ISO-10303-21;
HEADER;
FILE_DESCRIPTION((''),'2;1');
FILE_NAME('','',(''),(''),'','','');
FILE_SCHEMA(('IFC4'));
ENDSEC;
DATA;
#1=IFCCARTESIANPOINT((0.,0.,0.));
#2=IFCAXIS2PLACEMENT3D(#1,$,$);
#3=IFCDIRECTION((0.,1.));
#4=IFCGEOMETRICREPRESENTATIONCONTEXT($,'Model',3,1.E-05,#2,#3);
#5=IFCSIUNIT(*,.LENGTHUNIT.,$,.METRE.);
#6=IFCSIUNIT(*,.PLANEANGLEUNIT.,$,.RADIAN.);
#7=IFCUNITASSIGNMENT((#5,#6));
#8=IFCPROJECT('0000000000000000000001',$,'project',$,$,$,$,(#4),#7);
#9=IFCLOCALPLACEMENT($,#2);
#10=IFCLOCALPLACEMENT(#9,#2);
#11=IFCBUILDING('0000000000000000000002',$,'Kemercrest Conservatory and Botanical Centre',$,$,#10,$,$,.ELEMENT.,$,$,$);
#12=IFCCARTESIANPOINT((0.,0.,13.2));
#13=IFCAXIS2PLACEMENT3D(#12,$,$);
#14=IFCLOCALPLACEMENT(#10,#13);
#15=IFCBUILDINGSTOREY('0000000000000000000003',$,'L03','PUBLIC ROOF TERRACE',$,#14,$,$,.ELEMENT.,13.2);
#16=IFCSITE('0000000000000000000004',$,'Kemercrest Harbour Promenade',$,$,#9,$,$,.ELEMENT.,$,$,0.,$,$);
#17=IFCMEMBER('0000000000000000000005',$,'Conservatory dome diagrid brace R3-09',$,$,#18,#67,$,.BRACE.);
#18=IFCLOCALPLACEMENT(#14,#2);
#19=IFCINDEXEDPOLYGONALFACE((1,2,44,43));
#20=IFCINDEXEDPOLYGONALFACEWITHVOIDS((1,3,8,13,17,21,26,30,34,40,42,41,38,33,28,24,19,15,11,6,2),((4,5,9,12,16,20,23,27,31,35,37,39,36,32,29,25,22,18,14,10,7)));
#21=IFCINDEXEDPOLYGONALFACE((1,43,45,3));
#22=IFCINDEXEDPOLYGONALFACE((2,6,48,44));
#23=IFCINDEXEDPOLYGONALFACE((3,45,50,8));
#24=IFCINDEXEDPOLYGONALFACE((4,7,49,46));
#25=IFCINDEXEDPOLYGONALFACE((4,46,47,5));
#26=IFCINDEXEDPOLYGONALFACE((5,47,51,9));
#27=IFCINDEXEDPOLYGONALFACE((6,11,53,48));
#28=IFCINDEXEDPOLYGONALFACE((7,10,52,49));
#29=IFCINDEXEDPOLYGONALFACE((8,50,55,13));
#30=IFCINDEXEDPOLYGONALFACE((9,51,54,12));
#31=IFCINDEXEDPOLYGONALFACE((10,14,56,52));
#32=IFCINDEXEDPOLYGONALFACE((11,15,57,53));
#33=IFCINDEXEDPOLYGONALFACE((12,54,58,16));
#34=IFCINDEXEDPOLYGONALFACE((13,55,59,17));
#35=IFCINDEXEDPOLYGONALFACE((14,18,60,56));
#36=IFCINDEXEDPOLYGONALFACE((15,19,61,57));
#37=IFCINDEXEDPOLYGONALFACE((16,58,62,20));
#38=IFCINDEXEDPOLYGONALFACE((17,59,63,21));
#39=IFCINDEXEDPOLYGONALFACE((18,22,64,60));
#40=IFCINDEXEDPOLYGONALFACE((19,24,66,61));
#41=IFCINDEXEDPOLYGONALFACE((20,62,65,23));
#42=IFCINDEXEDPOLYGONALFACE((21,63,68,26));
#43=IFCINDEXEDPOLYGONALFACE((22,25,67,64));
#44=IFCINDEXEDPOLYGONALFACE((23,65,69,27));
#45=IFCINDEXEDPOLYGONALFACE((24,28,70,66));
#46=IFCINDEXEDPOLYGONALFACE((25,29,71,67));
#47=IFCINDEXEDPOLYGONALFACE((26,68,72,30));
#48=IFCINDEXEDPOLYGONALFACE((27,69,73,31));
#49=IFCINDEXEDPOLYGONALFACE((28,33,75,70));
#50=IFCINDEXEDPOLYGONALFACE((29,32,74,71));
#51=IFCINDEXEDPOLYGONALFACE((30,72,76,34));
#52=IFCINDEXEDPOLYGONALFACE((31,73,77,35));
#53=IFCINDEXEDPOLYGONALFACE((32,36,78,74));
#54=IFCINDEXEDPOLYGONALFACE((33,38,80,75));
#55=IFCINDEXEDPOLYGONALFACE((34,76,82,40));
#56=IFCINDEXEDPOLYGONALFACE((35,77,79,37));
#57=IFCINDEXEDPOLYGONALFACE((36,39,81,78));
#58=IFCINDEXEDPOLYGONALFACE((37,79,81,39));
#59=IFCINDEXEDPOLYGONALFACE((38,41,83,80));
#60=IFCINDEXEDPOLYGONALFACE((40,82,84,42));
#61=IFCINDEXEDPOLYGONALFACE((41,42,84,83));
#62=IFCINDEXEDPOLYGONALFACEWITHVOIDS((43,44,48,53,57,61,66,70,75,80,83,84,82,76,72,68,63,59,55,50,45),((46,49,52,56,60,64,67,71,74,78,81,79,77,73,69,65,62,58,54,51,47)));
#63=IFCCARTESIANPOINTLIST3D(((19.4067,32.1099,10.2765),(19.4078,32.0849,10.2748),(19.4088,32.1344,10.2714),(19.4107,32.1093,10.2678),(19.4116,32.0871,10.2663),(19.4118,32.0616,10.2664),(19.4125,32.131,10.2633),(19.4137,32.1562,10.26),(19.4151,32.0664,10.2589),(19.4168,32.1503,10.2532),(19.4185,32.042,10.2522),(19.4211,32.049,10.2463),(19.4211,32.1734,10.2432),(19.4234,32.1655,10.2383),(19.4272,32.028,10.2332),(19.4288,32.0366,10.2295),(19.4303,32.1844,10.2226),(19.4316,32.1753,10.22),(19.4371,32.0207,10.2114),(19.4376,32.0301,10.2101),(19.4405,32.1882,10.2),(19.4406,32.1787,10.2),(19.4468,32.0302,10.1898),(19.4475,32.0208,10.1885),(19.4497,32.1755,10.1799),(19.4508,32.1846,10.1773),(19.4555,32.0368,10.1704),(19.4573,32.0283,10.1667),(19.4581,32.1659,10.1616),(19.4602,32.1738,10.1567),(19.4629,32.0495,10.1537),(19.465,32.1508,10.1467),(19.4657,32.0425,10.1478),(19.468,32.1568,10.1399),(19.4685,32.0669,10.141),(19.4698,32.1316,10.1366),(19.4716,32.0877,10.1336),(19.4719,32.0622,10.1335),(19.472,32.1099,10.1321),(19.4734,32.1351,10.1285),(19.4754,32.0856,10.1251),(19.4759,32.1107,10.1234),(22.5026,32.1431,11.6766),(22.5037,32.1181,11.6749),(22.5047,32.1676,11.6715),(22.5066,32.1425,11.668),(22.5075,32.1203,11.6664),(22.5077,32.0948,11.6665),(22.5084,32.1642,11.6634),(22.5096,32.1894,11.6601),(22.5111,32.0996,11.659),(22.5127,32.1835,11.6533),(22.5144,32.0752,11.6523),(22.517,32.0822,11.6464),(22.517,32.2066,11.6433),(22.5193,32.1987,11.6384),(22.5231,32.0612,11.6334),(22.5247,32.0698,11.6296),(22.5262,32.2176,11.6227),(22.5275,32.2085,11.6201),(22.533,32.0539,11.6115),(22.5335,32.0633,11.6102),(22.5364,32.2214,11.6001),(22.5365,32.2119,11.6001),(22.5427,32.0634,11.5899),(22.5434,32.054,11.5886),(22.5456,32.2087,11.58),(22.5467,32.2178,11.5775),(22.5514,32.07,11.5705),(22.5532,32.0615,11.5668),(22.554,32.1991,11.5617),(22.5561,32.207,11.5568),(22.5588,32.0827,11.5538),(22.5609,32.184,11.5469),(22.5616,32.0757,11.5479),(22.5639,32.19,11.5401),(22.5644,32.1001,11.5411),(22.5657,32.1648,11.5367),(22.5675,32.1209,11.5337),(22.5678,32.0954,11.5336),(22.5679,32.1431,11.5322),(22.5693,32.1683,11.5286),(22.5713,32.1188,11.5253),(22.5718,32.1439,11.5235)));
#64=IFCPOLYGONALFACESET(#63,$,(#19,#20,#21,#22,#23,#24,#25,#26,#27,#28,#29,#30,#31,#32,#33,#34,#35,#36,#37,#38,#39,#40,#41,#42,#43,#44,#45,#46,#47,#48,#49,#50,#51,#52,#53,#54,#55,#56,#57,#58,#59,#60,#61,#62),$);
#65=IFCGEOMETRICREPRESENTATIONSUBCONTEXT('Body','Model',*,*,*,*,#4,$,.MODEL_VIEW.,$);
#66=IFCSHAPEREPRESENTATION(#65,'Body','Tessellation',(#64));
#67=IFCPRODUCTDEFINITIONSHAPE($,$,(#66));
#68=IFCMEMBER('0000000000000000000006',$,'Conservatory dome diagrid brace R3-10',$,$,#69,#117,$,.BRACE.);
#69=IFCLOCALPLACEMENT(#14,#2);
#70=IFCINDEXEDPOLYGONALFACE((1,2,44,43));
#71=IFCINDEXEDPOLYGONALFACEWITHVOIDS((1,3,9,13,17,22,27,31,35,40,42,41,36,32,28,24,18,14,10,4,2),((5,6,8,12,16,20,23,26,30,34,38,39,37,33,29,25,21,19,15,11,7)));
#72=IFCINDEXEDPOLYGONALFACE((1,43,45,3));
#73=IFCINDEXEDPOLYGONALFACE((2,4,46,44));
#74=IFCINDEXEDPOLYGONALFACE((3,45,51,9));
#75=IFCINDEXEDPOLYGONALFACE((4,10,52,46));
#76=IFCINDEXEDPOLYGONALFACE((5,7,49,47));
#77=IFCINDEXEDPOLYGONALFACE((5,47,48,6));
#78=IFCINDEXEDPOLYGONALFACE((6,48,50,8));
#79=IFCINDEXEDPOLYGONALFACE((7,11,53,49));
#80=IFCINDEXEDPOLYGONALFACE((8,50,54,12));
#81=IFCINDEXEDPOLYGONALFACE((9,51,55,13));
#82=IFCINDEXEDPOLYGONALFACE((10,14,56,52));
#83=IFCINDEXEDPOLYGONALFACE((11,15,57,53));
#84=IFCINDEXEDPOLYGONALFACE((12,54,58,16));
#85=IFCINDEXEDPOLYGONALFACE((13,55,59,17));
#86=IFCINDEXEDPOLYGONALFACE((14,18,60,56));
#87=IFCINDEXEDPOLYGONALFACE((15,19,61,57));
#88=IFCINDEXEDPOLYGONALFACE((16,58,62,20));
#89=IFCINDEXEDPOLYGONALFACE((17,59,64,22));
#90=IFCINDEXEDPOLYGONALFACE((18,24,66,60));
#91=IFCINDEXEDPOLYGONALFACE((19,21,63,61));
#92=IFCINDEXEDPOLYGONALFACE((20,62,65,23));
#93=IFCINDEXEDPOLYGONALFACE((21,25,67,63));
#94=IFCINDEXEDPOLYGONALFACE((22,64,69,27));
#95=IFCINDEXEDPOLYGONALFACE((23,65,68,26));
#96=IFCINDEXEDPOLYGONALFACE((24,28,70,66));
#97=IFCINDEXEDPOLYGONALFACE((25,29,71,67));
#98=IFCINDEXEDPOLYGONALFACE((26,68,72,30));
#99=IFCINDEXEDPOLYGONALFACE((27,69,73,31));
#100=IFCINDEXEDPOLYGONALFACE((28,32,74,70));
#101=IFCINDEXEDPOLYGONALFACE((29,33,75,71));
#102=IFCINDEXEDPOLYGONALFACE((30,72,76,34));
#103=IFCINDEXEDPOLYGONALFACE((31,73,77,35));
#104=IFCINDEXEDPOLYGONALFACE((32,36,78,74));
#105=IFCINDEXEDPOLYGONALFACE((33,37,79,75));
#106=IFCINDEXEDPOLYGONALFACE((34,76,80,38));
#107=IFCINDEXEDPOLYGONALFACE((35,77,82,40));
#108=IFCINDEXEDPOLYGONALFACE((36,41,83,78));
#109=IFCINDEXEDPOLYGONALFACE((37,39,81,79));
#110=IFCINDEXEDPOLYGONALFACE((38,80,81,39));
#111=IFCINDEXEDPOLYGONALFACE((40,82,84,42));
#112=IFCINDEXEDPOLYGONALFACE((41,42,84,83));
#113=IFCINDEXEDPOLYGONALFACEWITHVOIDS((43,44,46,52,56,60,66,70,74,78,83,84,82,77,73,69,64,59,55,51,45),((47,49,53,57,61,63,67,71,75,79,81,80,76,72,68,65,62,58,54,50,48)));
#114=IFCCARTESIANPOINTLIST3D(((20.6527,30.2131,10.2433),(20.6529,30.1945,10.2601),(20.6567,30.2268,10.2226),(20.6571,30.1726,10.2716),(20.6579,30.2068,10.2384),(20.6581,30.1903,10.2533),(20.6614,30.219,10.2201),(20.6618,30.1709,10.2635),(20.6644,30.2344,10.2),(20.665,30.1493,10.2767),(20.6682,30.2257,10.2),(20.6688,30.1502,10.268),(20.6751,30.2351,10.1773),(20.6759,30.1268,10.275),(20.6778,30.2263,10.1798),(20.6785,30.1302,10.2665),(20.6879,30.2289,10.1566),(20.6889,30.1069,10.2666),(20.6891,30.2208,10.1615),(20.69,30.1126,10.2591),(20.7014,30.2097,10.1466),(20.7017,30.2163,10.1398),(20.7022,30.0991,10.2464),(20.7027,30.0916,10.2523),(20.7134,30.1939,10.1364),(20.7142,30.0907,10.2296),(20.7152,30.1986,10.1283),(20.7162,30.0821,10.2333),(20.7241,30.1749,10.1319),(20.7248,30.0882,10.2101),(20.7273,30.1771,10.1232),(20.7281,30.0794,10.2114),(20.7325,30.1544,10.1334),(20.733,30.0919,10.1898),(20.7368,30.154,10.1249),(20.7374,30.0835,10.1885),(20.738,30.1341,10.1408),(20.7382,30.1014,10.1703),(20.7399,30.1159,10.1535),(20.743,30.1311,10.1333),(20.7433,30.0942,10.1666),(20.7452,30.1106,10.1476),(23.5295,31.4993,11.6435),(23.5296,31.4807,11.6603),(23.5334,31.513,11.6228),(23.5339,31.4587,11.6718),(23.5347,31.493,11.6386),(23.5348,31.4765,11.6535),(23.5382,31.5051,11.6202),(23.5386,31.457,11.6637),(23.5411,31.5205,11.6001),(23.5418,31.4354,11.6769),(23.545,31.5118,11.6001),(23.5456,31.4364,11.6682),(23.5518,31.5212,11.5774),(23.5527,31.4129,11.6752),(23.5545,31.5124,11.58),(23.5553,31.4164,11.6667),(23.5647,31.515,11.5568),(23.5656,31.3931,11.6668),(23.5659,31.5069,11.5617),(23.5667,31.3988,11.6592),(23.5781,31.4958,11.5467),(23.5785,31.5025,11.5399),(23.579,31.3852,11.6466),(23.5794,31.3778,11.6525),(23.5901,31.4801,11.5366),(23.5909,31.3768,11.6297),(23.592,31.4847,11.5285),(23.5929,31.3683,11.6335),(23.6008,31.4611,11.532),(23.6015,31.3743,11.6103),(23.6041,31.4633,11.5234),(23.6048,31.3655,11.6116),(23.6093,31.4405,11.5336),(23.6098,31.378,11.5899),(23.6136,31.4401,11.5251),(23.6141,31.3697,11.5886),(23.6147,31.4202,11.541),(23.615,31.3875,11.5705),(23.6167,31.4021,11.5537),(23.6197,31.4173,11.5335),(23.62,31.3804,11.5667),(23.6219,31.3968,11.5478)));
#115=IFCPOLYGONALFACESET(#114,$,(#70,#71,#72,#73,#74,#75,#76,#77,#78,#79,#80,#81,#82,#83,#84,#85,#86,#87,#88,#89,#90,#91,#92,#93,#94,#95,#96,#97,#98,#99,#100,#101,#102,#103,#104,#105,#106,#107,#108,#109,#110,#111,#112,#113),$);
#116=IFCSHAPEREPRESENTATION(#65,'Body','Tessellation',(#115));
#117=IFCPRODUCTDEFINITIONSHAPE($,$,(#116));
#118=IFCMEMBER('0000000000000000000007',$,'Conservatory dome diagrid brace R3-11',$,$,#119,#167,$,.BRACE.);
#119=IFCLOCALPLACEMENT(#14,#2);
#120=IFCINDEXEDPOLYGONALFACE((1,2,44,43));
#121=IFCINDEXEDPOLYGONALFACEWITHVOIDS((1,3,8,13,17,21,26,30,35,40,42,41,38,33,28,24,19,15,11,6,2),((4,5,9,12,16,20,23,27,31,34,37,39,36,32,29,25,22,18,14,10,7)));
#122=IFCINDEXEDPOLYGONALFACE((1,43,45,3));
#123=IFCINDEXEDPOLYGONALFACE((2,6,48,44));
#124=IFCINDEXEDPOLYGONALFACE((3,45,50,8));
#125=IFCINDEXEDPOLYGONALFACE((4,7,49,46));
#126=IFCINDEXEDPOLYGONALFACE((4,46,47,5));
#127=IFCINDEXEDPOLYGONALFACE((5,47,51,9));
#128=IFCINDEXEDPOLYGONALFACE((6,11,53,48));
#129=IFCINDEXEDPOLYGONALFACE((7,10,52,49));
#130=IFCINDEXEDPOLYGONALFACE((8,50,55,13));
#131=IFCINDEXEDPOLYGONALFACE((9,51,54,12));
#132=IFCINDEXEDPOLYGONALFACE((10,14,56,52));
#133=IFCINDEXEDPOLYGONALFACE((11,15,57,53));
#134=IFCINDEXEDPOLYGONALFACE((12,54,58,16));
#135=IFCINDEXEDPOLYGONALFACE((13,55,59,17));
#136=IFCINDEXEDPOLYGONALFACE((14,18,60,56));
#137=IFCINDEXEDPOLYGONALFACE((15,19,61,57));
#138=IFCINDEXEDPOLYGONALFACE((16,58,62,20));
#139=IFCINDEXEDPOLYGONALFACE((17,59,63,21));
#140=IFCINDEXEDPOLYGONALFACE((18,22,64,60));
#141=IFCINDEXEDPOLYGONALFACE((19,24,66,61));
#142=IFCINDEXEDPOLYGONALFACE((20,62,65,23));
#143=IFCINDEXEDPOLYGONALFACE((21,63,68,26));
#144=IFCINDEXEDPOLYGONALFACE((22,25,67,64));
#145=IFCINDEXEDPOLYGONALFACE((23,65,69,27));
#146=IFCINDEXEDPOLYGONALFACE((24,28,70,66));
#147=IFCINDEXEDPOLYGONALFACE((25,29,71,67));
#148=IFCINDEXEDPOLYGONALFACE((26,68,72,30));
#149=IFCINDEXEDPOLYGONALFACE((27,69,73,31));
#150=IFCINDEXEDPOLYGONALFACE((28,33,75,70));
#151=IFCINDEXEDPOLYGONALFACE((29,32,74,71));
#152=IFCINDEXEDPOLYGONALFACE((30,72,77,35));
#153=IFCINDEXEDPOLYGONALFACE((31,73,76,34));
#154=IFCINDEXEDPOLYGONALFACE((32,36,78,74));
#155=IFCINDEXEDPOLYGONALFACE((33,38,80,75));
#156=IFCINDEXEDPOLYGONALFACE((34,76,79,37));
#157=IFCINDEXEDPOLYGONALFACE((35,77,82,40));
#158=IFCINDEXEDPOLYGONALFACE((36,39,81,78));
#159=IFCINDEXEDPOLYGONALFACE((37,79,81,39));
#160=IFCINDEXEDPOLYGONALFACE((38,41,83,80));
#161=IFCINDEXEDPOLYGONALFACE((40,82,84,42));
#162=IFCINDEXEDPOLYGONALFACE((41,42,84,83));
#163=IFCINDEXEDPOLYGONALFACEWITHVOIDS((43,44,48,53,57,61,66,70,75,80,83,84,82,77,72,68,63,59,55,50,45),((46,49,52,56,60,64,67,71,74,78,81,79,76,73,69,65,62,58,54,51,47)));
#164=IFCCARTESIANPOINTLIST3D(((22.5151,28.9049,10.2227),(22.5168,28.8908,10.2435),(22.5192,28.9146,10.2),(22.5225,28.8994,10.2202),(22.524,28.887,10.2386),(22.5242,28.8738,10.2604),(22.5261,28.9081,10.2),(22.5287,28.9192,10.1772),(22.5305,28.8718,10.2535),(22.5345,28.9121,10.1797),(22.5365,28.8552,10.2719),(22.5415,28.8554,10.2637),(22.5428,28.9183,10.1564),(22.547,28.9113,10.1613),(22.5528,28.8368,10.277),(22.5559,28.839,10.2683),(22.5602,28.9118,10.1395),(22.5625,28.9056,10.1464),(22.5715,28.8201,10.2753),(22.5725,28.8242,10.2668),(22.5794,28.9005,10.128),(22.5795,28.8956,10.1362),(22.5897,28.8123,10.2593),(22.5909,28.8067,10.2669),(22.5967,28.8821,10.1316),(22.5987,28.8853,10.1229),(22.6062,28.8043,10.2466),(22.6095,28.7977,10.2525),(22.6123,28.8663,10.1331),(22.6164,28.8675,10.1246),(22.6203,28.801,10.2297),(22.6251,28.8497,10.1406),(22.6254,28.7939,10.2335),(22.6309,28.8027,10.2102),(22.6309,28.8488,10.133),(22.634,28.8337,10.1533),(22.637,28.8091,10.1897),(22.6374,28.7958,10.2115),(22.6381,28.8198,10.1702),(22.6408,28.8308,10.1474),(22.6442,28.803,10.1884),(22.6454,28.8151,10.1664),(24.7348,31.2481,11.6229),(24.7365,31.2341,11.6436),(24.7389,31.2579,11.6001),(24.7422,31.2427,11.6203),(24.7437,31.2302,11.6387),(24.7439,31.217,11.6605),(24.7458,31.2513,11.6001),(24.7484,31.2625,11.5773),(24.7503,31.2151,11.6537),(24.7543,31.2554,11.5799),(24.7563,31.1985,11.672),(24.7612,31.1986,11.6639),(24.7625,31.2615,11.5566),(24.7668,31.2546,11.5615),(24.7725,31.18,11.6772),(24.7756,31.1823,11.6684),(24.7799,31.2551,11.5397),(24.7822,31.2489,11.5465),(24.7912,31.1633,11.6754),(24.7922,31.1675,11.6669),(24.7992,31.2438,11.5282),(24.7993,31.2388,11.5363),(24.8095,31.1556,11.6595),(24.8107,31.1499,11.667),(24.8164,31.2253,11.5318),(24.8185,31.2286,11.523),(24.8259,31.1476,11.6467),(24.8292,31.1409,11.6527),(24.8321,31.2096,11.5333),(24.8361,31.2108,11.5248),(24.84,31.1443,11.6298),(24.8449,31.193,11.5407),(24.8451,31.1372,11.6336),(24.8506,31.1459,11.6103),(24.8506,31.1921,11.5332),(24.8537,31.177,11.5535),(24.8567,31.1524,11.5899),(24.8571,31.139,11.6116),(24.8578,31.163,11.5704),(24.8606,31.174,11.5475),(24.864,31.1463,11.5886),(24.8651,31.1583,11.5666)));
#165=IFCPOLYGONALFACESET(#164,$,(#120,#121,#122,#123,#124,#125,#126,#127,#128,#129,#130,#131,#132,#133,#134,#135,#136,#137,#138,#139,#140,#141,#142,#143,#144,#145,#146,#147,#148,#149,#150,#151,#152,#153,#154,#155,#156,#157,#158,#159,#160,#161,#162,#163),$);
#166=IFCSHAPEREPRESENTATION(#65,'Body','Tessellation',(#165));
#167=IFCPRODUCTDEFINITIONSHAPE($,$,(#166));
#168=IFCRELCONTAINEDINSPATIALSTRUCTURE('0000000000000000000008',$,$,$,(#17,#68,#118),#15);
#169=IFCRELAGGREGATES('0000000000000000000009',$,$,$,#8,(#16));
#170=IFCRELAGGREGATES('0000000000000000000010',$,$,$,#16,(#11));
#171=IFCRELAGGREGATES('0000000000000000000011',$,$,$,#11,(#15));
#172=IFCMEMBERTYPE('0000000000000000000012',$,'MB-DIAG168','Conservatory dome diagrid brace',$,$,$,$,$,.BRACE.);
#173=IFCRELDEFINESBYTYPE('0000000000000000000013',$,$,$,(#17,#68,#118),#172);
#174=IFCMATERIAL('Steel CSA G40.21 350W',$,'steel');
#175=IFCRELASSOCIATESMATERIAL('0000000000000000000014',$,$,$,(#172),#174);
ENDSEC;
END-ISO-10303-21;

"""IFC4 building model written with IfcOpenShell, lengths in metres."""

from ifc_helpers import new_model, si_unit, direction, frame, origin, origin_2d, place, context, subcontext, project, spatial, hollow_circle, extrude, material, material_profile, profile_set, type_object, element, save


model = new_model("IFC4")

# Units and contexts
model_context = context("Model", 3, precision=1e-05, world=origin(), true_north=direction((0.0, 1.0)))
body_context = subcontext(model_context, "Body", "Model", "MODEL_VIEW")
ifc_project = project(units=[si_unit("LENGTHUNIT", "METRE"), si_unit("PLANEANGLEUNIT", "RADIAN")], contexts=[model_context])

# Site, building, storey
site_placement = place(None, origin())
site = spatial("IfcSite", under=ifc_project, at=site_placement, Name="Kemercrest Harbour Promenade", CompositionType="ELEMENT", RefElevation=0.0)
building_placement = place(site_placement, origin())
building = spatial("IfcBuilding", under=site, at=building_placement, Name="Kemercrest Conservatory and Botanical Centre", CompositionType="ELEMENT")
storey_placement = place(building_placement, frame((0.0, 0.0, 13.2)))
storey = spatial("IfcBuildingStorey", under=building, at=storey_placement, Name="L03", Description="PUBLIC ROOF TERRACE", CompositionType="ELEMENT", Elevation=13.2)

# Shared definitions
ifc_material_1 = material(Name="Steel CSA G40.21 350W", Category="steel")

# Members
ifc_material_profile_1 = material_profile(ifc_material_1, hollow_circle(Radius=0.0842, WallThickness=0.0095, at=origin_2d()), Name="CHS 168.3x9.5")
ifc_profile_set_1 = profile_set([ifc_material_profile_1], Name="Steel CSA G40.21 350W")
member_type_1 = type_object("IfcMemberType", Name="MB-DIAG168", Description="Conservatory dome diagrid brace", PredefinedType="BRACE", material=ifc_profile_set_1)
member_1_placement = place(storey_placement, frame((19.4414, 32.104, 10.2), z_axis=(0.911109, 0.009771, 0.41205), x_axis=(-0.010724, 0.999942, 0.0)))
element("IfcMember", 1, at=member_1_placement, inside=storey, type_object=member_type_1, Name="Conservatory dome diagrid brace R3-09", PredefinedType="BRACE", context=body_context, shape_type="SweptSolid", body=[
    extrude(hollow_circle(Radius=0.0842, WallThickness=0.0095, at=origin_2d()), origin(), (0.0, 0.0, 1.0), 3.3979),
])
member_2_placement = place(storey_placement, frame((20.6987, 30.1575, 10.2), z_axis=(0.834267, 0.372988, 0.406053), x_axis=(-0.40815, 0.912915, 0.0)))
element("IfcMember", 2, at=member_2_placement, inside=storey, type_object=member_type_1, Name="Conservatory dome diagrid brace R3-10", PredefinedType="BRACE", context=body_context, shape_type="SweptSolid", body=[
    extrude(hollow_circle(Radius=0.0842, WallThickness=0.0095, at=origin_2d()), origin(), (0.0, 0.0, 1.0), 3.4482),
])
member_3_placement = place(storey_placement, frame((22.5803, 28.8567, 10.2), z_axis=(0.630908, 0.66602, 0.39796), x_axis=(-0.725984, 0.687711, 0.0)))
element("IfcMember", 3, at=member_3_placement, inside=storey, type_object=member_type_1, Name="Conservatory dome diagrid brace R3-11", PredefinedType="BRACE", context=body_context, shape_type="SweptSolid", body=[
    extrude(hollow_circle(Radius=0.0842, WallThickness=0.0095, at=origin_2d()), origin(), (0.0, 0.0, 1.0), 3.5183),
])

save(model, "model.ifc")
